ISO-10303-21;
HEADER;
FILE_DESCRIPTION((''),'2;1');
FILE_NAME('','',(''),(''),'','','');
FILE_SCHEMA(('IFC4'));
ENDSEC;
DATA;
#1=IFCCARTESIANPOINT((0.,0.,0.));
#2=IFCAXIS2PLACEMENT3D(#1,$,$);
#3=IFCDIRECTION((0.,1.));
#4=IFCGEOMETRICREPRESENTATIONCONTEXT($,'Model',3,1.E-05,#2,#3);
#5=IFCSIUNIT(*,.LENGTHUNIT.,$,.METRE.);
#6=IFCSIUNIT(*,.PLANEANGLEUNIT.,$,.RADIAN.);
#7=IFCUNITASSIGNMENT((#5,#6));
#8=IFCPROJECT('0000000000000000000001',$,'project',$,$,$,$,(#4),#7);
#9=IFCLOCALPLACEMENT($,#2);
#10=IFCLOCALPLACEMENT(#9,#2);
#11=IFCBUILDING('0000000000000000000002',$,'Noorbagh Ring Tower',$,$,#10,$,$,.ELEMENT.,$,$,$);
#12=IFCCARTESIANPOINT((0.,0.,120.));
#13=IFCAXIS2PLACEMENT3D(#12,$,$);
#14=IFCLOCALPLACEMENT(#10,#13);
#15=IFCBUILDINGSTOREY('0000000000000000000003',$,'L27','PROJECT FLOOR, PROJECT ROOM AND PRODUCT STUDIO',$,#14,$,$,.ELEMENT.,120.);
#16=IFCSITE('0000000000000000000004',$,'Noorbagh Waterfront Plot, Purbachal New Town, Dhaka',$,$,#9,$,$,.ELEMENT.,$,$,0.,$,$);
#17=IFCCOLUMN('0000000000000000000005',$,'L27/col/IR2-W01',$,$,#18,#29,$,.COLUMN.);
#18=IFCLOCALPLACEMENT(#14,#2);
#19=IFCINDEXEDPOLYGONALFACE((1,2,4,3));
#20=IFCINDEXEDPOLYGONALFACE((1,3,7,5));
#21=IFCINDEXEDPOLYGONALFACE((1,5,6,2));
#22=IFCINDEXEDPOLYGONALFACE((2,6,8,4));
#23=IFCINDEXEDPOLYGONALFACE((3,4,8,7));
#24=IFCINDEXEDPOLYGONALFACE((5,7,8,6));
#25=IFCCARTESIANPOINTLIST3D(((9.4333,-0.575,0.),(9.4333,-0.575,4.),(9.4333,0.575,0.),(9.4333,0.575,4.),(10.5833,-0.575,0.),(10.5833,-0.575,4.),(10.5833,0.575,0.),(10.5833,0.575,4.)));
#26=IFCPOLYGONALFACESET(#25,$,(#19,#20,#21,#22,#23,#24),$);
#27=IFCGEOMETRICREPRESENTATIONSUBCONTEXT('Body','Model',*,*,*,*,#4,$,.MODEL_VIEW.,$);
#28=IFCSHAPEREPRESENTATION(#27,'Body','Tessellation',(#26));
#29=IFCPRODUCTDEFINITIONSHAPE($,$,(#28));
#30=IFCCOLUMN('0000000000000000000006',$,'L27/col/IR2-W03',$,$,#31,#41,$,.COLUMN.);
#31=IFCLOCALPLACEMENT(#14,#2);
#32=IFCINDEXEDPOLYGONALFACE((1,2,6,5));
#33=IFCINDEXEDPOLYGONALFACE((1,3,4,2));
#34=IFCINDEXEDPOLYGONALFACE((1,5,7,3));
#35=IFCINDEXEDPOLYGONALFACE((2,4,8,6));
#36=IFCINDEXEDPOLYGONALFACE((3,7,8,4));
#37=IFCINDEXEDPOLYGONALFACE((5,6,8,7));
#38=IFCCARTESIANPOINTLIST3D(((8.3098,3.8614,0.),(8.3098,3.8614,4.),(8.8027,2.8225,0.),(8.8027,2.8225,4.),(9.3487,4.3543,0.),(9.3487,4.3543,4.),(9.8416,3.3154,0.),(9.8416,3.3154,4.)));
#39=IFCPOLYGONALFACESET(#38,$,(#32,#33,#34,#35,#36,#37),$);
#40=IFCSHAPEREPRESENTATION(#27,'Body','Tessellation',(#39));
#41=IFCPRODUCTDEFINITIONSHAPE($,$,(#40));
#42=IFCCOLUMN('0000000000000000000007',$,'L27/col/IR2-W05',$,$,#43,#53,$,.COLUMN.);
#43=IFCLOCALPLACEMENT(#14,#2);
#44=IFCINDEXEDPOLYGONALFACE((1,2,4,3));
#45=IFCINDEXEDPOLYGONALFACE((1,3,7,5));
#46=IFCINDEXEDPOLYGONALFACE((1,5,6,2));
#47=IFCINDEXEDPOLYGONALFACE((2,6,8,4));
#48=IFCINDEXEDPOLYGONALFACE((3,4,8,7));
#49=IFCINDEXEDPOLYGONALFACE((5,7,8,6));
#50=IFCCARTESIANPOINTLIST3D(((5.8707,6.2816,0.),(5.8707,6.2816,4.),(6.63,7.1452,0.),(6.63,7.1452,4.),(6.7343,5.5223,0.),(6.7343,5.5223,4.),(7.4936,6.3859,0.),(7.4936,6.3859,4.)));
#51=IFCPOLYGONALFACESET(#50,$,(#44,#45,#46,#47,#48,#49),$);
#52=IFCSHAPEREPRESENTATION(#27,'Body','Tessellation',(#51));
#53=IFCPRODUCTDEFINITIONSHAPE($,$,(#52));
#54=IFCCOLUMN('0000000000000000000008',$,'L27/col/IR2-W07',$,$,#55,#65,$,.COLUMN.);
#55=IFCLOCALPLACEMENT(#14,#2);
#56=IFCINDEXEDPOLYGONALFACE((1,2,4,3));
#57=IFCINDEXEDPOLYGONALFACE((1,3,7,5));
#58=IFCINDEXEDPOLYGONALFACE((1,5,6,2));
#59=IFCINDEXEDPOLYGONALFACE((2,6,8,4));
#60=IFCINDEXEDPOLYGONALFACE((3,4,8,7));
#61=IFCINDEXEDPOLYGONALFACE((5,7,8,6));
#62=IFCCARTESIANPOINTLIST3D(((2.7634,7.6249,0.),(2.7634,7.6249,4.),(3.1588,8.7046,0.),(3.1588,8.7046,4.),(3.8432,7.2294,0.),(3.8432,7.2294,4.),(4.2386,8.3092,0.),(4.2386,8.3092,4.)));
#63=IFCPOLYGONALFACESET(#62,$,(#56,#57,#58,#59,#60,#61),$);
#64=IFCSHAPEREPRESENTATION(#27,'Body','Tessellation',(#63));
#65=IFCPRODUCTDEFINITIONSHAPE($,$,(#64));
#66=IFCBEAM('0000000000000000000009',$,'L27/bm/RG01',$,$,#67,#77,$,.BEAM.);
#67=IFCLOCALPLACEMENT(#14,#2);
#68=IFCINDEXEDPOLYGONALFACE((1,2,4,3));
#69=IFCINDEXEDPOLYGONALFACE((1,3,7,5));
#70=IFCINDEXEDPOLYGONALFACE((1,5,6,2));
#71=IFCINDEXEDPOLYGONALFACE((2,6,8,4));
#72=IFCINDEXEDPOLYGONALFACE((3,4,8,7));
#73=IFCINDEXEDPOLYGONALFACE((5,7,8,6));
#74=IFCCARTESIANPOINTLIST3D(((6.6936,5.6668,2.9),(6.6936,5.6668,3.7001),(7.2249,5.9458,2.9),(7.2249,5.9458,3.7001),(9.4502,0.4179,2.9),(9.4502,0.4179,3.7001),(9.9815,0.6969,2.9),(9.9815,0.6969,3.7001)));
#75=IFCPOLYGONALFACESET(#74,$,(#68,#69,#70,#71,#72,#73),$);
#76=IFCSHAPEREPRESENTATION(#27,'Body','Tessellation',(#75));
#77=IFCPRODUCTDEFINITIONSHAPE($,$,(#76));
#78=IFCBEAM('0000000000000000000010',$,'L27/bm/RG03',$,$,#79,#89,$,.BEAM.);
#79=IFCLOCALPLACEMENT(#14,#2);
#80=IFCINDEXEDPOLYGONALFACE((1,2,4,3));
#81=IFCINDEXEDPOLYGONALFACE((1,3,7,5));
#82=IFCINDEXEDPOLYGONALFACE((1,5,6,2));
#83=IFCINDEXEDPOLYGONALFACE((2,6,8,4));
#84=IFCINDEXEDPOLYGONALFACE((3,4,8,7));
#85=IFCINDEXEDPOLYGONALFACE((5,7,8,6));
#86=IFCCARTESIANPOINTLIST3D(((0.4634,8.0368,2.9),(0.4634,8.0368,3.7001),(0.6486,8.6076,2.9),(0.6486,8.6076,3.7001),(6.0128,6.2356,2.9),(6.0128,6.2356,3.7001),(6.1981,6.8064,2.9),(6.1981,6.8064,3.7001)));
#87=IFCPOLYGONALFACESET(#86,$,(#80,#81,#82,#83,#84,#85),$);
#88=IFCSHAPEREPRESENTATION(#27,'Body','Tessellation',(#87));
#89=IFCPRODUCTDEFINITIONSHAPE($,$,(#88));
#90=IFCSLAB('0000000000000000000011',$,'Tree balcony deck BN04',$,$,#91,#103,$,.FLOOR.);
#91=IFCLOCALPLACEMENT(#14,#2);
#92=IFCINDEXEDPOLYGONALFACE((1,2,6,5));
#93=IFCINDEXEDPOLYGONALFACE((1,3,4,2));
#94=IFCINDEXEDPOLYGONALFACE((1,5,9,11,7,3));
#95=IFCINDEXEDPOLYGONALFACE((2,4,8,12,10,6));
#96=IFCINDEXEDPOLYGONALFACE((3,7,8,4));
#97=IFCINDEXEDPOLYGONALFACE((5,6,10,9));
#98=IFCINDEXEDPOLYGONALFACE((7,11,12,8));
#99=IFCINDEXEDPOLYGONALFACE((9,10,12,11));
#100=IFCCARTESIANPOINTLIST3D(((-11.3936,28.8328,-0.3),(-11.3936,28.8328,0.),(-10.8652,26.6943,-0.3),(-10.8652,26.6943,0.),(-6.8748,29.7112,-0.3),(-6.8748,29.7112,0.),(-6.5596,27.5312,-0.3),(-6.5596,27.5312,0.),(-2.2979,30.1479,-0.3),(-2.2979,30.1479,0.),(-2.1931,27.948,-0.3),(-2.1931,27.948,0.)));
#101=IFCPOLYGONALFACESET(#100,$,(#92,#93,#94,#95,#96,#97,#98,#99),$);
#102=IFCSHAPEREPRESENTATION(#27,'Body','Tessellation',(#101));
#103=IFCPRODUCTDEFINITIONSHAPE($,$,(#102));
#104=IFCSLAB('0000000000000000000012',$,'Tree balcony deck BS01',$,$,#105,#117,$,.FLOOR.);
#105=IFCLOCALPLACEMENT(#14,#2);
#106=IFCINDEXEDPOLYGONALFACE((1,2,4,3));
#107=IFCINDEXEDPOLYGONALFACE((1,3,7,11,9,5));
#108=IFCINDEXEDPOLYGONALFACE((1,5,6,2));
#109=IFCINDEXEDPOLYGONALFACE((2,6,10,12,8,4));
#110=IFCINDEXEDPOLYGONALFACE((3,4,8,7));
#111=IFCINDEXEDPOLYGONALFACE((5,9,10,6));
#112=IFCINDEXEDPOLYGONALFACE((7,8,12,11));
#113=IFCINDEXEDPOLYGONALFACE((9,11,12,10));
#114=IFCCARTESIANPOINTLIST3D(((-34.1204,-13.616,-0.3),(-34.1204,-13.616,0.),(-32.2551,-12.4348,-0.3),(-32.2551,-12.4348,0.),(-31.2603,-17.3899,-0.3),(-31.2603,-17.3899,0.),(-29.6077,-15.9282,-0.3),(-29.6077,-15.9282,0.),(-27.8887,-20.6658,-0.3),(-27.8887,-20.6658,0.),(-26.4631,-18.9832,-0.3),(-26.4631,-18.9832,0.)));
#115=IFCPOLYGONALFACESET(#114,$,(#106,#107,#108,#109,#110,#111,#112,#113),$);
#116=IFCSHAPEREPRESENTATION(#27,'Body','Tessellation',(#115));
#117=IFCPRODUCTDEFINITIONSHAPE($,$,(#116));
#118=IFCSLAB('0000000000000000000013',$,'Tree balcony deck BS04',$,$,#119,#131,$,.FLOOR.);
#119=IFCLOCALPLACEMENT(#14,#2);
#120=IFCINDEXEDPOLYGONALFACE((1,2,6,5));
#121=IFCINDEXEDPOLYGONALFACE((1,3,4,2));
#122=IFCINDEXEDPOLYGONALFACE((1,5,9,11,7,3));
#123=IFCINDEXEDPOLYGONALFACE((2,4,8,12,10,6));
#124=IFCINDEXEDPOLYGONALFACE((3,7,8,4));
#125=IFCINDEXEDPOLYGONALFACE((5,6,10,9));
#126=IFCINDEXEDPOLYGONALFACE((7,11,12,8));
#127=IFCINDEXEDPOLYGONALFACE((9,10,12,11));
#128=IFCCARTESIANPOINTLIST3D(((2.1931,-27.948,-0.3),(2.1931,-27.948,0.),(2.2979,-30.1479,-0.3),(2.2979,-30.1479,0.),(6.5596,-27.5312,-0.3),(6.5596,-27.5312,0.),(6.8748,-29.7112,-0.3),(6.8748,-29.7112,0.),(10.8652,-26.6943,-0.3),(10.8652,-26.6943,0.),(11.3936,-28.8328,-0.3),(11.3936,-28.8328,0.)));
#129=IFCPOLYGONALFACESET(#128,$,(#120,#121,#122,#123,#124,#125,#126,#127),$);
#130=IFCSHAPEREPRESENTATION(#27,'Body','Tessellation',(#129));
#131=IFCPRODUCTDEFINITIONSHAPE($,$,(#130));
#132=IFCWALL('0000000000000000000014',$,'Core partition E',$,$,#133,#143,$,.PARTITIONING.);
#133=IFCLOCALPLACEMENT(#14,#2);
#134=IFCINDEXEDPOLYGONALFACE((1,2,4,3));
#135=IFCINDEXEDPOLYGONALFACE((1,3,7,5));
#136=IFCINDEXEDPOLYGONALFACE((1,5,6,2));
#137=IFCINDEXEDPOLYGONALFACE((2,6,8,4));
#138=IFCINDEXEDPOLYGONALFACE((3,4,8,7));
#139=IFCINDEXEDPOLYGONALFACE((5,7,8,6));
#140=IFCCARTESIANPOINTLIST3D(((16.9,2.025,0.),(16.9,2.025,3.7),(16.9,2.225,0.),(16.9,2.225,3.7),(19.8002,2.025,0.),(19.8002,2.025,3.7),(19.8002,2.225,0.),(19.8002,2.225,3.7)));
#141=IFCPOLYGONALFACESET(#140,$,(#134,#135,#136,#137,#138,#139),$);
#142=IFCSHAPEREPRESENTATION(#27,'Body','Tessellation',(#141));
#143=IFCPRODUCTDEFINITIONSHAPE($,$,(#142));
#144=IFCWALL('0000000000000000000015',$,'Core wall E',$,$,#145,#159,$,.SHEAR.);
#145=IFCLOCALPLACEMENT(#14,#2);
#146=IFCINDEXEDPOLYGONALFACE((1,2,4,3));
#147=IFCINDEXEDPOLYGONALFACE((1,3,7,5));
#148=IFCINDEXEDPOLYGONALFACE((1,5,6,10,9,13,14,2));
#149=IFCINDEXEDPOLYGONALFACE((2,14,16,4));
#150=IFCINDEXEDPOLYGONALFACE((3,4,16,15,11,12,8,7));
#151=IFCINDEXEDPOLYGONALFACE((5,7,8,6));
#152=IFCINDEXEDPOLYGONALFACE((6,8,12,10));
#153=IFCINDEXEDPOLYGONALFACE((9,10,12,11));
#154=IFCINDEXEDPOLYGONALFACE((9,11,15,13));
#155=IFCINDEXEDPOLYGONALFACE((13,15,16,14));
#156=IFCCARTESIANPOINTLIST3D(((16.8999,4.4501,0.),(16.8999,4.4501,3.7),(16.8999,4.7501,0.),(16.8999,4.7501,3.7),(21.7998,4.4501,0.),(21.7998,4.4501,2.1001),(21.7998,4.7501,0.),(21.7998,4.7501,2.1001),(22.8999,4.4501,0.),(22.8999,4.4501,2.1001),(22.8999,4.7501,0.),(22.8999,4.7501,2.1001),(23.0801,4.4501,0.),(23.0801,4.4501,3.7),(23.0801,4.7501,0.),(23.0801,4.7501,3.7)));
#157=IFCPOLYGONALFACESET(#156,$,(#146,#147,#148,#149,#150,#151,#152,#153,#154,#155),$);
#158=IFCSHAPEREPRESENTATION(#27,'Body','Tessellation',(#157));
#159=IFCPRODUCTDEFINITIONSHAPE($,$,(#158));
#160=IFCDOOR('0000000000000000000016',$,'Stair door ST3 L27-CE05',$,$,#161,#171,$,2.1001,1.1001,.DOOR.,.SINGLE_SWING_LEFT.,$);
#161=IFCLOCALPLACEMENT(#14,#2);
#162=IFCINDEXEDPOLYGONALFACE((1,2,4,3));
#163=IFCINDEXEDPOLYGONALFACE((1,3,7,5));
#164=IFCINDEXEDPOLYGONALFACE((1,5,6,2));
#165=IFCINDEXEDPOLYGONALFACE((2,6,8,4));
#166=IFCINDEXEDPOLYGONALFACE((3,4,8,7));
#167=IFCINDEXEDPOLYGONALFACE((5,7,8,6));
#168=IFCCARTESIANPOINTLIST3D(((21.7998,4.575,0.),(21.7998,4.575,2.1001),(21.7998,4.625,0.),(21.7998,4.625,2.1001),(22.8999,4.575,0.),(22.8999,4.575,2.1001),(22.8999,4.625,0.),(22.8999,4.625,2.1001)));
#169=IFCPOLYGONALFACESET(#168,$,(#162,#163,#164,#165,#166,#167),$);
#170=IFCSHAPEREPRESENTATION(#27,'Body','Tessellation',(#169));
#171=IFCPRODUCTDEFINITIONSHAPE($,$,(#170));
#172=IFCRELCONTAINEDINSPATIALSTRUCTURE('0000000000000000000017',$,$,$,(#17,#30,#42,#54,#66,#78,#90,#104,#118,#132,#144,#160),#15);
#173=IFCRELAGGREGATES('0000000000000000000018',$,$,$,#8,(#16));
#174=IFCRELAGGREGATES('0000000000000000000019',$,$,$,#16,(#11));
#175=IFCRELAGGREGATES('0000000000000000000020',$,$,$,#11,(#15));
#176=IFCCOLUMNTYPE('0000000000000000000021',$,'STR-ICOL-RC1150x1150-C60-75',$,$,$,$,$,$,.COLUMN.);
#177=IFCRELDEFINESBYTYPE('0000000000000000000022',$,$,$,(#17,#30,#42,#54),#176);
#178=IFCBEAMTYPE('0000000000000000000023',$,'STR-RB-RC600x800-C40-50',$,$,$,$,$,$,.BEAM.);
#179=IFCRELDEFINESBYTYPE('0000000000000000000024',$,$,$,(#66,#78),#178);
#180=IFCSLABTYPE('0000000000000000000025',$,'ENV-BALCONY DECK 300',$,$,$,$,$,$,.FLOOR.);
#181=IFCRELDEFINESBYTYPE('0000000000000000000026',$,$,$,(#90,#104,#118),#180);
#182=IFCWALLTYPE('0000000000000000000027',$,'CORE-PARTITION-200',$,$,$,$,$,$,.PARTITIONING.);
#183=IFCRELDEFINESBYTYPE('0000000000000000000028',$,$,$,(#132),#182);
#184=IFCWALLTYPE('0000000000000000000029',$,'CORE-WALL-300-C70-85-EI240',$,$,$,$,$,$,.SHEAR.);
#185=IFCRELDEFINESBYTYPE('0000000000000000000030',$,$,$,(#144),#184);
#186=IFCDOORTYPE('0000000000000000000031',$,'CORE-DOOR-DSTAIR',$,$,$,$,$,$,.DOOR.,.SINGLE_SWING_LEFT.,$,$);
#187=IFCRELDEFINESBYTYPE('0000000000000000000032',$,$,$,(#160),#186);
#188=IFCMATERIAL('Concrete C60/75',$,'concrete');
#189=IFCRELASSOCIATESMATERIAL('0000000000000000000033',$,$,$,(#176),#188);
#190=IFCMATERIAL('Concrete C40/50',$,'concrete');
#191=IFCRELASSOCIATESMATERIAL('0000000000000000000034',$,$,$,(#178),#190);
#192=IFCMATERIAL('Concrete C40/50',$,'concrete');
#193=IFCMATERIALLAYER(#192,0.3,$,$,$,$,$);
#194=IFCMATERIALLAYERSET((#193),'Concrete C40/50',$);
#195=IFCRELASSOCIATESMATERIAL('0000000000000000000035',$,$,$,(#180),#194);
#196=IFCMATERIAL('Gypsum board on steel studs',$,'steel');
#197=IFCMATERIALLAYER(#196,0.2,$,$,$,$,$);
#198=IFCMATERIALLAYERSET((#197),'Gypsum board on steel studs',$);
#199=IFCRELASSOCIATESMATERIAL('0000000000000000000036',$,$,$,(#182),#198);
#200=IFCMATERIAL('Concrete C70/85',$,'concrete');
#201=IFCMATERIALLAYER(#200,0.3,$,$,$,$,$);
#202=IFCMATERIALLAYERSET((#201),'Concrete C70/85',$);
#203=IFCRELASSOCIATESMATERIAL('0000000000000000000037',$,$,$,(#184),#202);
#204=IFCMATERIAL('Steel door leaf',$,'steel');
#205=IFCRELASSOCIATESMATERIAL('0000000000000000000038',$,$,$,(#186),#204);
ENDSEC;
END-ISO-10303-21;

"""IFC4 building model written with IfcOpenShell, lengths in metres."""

from ifc_helpers import new_model, si_unit, direction, frame, frame_2d, origin, origin_2d, place, context, subcontext, project, spatial, polyline, rectangle, outline, extrude, material, layer, layer_set, material_profile, profile_set, type_object, element, fill, save


model = new_model("IFC4")

# Units and contexts
model_context = context("Model", 3, precision=1e-05, world=origin(), true_north=direction((0.0, 1.0)))
body_context = subcontext(model_context, "Body", "Model", "MODEL_VIEW")
ifc_project = project(units=[si_unit("LENGTHUNIT", "METRE"), si_unit("PLANEANGLEUNIT", "RADIAN")], contexts=[model_context])

# Site, building, storey
site_placement = place(None, origin())
site = spatial("IfcSite", under=ifc_project, at=site_placement, Name="Noorbagh Waterfront Plot, Purbachal New Town, Dhaka", CompositionType="ELEMENT", RefElevation=0.0)
building_placement = place(site_placement, origin())
building = spatial("IfcBuilding", under=site, at=building_placement, Name="Noorbagh Ring Tower", CompositionType="ELEMENT")
storey_placement = place(building_placement, frame((0.0, 0.0, 120.0)))
storey = spatial("IfcBuildingStorey", under=building, at=storey_placement, Name="L27", Description="PROJECT FLOOR, PROJECT ROOM AND PRODUCT STUDIO", CompositionType="ELEMENT", Elevation=120.0)

# Columns
ifc_material_1 = material(Name="Concrete C60/75", Category="concrete")
ifc_material_profile_1 = material_profile(ifc_material_1, rectangle(XDim=1.1499, YDim=1.1499, at=origin_2d()), Name="RC1150x1150")
ifc_profile_set_1 = profile_set([ifc_material_profile_1], Name="Concrete C60/75")
column_type = type_object("IfcColumnType", Name="STR-ICOL-RC1150x1150-C60-75", PredefinedType="COLUMN", material=ifc_profile_set_1)
for number, where, z_axis, x_axis, name in (
    (1, (10.0083, 0.0, 0.0), (0.0, 0.0, 1.0), (0.0, 1.0, 0.0), "L27/col/IR2-W01"),
    (2, (9.0757, 3.5884, 0.0), (0.0, 0.0, 1.0), (-0.428667, 0.903463, 0.0), "L27/col/IR2-W03"),
    (3, (6.6821, 6.3337, 0.0), (0.0, 0.0, 1.0), (-0.751022, 0.660277, 0.0), "L27/col/IR2-W05"),
    (4, (3.501, 7.967, 0.0), (0.0, 0.0, 1.0), (-0.93902, 0.343864, 0.0), "L27/col/IR2-W07"),
):
    element("IfcColumn", number, at=place(storey_placement, frame(where, z_axis=z_axis, x_axis=x_axis)), inside=storey, type_object=column_type, Name=name, PredefinedType="COLUMN", context=body_context, shape_type="SweptSolid", body=[
        extrude(rectangle(XDim=1.1499, YDim=1.1499, at=origin_2d()), origin(), (0.0, 0.0, 1.0), 4.0),
    ])

# Beams
ifc_material_2 = material(Name="Concrete C40/50", Category="concrete")
ifc_material_profile_2 = material_profile(ifc_material_2, rectangle(XDim=0.6001, YDim=0.8, at=origin_2d()), Name="RC600x800")
ifc_profile_set_2 = profile_set([ifc_material_profile_2], Name="Concrete C40/50")
beam_type = type_object("IfcBeamType", Name="STR-RB-RC600x800-C40-50", PredefinedType="BEAM", material=ifc_profile_set_2)
beam_1_placement = place(storey_placement, frame((9.7158, 0.5574, 3.3), z_axis=(-0.464947, 0.885339, 0.0), x_axis=(-0.885339, -0.464947, 0.0)))
element("IfcBeam", 5, at=beam_1_placement, inside=storey, type_object=beam_type, Name="L27/bm/RG01", PredefinedType="BEAM", context=body_context, shape_type="SweptSolid", body=[
    extrude(rectangle(XDim=0.6001, YDim=0.8, at=origin_2d()), origin(), (0.0, 0.0, 1.0), 5.9287),
])
beam_2_placement = place(storey_placement, frame((6.1055, 6.521, 3.3), z_axis=(-0.951152, 0.308724, 0.0), x_axis=(-0.308724, -0.951152, 0.0)))
element("IfcBeam", 6, at=beam_2_placement, inside=storey, type_object=beam_type, Name="L27/bm/RG03", PredefinedType="BEAM", context=body_context, shape_type="SweptSolid", body=[
    extrude(rectangle(XDim=0.6001, YDim=0.8, at=origin_2d()), origin(), (0.0, 0.0, 1.0), 5.8345),
])

# Slabs
ifc_material_3 = material(Name="Concrete C40/50", Category="concrete")
ifc_layer_1 = layer(ifc_material_3, 0.3)
ifc_layer_set_1 = layer_set([ifc_layer_1], Name="Concrete C40/50")
slab_type = type_object("IfcSlabType", Name="ENV-BALCONY DECK 300", PredefinedType="FLOOR", material=ifc_layer_set_1)
slab_1_placement = place(storey_placement, frame((0.0, 0.0, -0.3)))
element("IfcSlab", 7, at=slab_1_placement, inside=storey, type_object=slab_type, Name="Tree balcony deck BN04", PredefinedType="FLOOR", context=body_context, shape_type="SweptSolid", body=[
    extrude(outline(polyline([(-2.2979, 30.1479), (-6.8748, 29.7112), (-11.3936, 28.8328), (-10.8652, 26.6943), (-6.5596, 27.5312), (-2.1931, 27.948), (-2.2979, 30.1479)])), origin(), (0.0, 0.0, 1.0), 0.3),
])
slab_2_placement = place(storey_placement, frame((0.0, 0.0, -0.3)))
element("IfcSlab", 8, at=slab_2_placement, inside=storey, type_object=slab_type, Name="Tree balcony deck BS01", PredefinedType="FLOOR", context=body_context, shape_type="SweptSolid", body=[
    extrude(outline(polyline([(-34.1204, -13.616), (-31.2603, -17.3899), (-27.8887, -20.6658), (-26.4631, -18.9832), (-29.6077, -15.9282), (-32.2551, -12.4348), (-34.1204, -13.616)])), origin(), (0.0, 0.0, 1.0), 0.3),
])
slab_3_placement = place(storey_placement, frame((0.0, 0.0, -0.3)))
element("IfcSlab", 9, at=slab_3_placement, inside=storey, type_object=slab_type, Name="Tree balcony deck BS04", PredefinedType="FLOOR", context=body_context, shape_type="SweptSolid", body=[
    extrude(outline(polyline([(2.2979, -30.1479), (6.8748, -29.7112), (11.3936, -28.8328), (10.8652, -26.6943), (6.5596, -27.5312), (2.1931, -27.948), (2.2979, -30.1479)])), origin(), (0.0, 0.0, 1.0), 0.3),
])

# Wall
ifc_material_4 = material(Name="Gypsum board on steel studs", Category="steel")
ifc_layer_2 = layer(ifc_material_4, 0.2)
ifc_layer_set_2 = layer_set([ifc_layer_2], Name="Gypsum board on steel studs")
wall_type_1 = type_object("IfcWallType", Name="CORE-PARTITION-200", PredefinedType="PARTITIONING", material=ifc_layer_set_2)
wall_1_placement = place(storey_placement, frame((16.8999, 2.125, 0.0), z_axis=(0.0, 0.0, 1.0), x_axis=(1.0, 0.0, 0.0)))
element("IfcWall", 10, at=wall_1_placement, inside=storey, type_object=wall_type_1, Name="Core partition E", PredefinedType="PARTITIONING", context=body_context, shape_type="SweptSolid", body=[
    extrude(rectangle(XDim=2.9001, YDim=0.2, at=frame_2d((1.4502, 0.0))), origin(), (0.0, 0.0, 1.0), 3.7),
])

# Wall, opening, door
ifc_material_5 = material(Name="Concrete C70/85", Category="concrete")
ifc_layer_3 = layer(ifc_material_5, 0.3)
ifc_layer_set_3 = layer_set([ifc_layer_3], Name="Concrete C70/85")
wall_type_2 = type_object("IfcWallType", Name="CORE-WALL-300-C70-85-EI240", PredefinedType="SHEAR", material=ifc_layer_set_3)
wall_2_placement = place(storey_placement, frame((16.8999, 4.6001, 0.0), z_axis=(0.0, 0.0, 1.0), x_axis=(1.0, 0.0, 0.0)))
wall_2 = element("IfcWall", 11, at=wall_2_placement, inside=storey, type_object=wall_type_2, Name="Core wall E", PredefinedType="SHEAR", context=body_context, shape_type="SweptSolid", body=[
    extrude(rectangle(XDim=6.1802, YDim=0.3, at=frame_2d((3.0901, 0.0))), origin(), (0.0, 0.0, 1.0), 3.7),
])
opening_1_placement = place(wall_2_placement, frame((4.8999, 0.0, 0.0)))
opening_1 = element("IfcOpeningElement", 12, at=opening_1_placement, cuts=wall_2, PredefinedType="OPENING", context=body_context, shape_type="SweptSolid", body=[
    extrude(rectangle(XDim=1.1001, YDim=2.1001, at=frame_2d((0.55, 1.05))), frame((0.0, 0.1602, 0.0), z_axis=(0.0, -1.0, 0.0), x_axis=(1.0, 0.0, 0.0)), (0.0, 0.0, 1.0), 0.3201),
])
ifc_material_6 = material(Name="Steel door leaf", Category="steel")
door_type_1 = type_object("IfcDoorType", Name="CORE-DOOR-DSTAIR", OperationType="SINGLE_SWING_LEFT", PredefinedType="DOOR", material=ifc_material_6)
door_1_placement = place(opening_1_placement, origin())
door_1 = element("IfcDoor", 13, at=door_1_placement, inside=storey, type_object=door_type_1, Name="Stair door ST3 L27-CE05", OperationType="SINGLE_SWING_LEFT", OverallHeight=2.1001, OverallWidth=1.1001, PredefinedType="DOOR", context=body_context, shape_type="SweptSolid", body=[
    extrude(rectangle(XDim=1.1001, YDim=2.1001, at=frame_2d((0.55, 1.05))), frame((0.0, 0.0249, 0.0), z_axis=(0.0, -1.0, 0.0), x_axis=(1.0, 0.0, 0.0)), (0.0, 0.0, 1.0), 0.05),
])
fill(opening_1, door_1)

save(model, "model.ifc")
